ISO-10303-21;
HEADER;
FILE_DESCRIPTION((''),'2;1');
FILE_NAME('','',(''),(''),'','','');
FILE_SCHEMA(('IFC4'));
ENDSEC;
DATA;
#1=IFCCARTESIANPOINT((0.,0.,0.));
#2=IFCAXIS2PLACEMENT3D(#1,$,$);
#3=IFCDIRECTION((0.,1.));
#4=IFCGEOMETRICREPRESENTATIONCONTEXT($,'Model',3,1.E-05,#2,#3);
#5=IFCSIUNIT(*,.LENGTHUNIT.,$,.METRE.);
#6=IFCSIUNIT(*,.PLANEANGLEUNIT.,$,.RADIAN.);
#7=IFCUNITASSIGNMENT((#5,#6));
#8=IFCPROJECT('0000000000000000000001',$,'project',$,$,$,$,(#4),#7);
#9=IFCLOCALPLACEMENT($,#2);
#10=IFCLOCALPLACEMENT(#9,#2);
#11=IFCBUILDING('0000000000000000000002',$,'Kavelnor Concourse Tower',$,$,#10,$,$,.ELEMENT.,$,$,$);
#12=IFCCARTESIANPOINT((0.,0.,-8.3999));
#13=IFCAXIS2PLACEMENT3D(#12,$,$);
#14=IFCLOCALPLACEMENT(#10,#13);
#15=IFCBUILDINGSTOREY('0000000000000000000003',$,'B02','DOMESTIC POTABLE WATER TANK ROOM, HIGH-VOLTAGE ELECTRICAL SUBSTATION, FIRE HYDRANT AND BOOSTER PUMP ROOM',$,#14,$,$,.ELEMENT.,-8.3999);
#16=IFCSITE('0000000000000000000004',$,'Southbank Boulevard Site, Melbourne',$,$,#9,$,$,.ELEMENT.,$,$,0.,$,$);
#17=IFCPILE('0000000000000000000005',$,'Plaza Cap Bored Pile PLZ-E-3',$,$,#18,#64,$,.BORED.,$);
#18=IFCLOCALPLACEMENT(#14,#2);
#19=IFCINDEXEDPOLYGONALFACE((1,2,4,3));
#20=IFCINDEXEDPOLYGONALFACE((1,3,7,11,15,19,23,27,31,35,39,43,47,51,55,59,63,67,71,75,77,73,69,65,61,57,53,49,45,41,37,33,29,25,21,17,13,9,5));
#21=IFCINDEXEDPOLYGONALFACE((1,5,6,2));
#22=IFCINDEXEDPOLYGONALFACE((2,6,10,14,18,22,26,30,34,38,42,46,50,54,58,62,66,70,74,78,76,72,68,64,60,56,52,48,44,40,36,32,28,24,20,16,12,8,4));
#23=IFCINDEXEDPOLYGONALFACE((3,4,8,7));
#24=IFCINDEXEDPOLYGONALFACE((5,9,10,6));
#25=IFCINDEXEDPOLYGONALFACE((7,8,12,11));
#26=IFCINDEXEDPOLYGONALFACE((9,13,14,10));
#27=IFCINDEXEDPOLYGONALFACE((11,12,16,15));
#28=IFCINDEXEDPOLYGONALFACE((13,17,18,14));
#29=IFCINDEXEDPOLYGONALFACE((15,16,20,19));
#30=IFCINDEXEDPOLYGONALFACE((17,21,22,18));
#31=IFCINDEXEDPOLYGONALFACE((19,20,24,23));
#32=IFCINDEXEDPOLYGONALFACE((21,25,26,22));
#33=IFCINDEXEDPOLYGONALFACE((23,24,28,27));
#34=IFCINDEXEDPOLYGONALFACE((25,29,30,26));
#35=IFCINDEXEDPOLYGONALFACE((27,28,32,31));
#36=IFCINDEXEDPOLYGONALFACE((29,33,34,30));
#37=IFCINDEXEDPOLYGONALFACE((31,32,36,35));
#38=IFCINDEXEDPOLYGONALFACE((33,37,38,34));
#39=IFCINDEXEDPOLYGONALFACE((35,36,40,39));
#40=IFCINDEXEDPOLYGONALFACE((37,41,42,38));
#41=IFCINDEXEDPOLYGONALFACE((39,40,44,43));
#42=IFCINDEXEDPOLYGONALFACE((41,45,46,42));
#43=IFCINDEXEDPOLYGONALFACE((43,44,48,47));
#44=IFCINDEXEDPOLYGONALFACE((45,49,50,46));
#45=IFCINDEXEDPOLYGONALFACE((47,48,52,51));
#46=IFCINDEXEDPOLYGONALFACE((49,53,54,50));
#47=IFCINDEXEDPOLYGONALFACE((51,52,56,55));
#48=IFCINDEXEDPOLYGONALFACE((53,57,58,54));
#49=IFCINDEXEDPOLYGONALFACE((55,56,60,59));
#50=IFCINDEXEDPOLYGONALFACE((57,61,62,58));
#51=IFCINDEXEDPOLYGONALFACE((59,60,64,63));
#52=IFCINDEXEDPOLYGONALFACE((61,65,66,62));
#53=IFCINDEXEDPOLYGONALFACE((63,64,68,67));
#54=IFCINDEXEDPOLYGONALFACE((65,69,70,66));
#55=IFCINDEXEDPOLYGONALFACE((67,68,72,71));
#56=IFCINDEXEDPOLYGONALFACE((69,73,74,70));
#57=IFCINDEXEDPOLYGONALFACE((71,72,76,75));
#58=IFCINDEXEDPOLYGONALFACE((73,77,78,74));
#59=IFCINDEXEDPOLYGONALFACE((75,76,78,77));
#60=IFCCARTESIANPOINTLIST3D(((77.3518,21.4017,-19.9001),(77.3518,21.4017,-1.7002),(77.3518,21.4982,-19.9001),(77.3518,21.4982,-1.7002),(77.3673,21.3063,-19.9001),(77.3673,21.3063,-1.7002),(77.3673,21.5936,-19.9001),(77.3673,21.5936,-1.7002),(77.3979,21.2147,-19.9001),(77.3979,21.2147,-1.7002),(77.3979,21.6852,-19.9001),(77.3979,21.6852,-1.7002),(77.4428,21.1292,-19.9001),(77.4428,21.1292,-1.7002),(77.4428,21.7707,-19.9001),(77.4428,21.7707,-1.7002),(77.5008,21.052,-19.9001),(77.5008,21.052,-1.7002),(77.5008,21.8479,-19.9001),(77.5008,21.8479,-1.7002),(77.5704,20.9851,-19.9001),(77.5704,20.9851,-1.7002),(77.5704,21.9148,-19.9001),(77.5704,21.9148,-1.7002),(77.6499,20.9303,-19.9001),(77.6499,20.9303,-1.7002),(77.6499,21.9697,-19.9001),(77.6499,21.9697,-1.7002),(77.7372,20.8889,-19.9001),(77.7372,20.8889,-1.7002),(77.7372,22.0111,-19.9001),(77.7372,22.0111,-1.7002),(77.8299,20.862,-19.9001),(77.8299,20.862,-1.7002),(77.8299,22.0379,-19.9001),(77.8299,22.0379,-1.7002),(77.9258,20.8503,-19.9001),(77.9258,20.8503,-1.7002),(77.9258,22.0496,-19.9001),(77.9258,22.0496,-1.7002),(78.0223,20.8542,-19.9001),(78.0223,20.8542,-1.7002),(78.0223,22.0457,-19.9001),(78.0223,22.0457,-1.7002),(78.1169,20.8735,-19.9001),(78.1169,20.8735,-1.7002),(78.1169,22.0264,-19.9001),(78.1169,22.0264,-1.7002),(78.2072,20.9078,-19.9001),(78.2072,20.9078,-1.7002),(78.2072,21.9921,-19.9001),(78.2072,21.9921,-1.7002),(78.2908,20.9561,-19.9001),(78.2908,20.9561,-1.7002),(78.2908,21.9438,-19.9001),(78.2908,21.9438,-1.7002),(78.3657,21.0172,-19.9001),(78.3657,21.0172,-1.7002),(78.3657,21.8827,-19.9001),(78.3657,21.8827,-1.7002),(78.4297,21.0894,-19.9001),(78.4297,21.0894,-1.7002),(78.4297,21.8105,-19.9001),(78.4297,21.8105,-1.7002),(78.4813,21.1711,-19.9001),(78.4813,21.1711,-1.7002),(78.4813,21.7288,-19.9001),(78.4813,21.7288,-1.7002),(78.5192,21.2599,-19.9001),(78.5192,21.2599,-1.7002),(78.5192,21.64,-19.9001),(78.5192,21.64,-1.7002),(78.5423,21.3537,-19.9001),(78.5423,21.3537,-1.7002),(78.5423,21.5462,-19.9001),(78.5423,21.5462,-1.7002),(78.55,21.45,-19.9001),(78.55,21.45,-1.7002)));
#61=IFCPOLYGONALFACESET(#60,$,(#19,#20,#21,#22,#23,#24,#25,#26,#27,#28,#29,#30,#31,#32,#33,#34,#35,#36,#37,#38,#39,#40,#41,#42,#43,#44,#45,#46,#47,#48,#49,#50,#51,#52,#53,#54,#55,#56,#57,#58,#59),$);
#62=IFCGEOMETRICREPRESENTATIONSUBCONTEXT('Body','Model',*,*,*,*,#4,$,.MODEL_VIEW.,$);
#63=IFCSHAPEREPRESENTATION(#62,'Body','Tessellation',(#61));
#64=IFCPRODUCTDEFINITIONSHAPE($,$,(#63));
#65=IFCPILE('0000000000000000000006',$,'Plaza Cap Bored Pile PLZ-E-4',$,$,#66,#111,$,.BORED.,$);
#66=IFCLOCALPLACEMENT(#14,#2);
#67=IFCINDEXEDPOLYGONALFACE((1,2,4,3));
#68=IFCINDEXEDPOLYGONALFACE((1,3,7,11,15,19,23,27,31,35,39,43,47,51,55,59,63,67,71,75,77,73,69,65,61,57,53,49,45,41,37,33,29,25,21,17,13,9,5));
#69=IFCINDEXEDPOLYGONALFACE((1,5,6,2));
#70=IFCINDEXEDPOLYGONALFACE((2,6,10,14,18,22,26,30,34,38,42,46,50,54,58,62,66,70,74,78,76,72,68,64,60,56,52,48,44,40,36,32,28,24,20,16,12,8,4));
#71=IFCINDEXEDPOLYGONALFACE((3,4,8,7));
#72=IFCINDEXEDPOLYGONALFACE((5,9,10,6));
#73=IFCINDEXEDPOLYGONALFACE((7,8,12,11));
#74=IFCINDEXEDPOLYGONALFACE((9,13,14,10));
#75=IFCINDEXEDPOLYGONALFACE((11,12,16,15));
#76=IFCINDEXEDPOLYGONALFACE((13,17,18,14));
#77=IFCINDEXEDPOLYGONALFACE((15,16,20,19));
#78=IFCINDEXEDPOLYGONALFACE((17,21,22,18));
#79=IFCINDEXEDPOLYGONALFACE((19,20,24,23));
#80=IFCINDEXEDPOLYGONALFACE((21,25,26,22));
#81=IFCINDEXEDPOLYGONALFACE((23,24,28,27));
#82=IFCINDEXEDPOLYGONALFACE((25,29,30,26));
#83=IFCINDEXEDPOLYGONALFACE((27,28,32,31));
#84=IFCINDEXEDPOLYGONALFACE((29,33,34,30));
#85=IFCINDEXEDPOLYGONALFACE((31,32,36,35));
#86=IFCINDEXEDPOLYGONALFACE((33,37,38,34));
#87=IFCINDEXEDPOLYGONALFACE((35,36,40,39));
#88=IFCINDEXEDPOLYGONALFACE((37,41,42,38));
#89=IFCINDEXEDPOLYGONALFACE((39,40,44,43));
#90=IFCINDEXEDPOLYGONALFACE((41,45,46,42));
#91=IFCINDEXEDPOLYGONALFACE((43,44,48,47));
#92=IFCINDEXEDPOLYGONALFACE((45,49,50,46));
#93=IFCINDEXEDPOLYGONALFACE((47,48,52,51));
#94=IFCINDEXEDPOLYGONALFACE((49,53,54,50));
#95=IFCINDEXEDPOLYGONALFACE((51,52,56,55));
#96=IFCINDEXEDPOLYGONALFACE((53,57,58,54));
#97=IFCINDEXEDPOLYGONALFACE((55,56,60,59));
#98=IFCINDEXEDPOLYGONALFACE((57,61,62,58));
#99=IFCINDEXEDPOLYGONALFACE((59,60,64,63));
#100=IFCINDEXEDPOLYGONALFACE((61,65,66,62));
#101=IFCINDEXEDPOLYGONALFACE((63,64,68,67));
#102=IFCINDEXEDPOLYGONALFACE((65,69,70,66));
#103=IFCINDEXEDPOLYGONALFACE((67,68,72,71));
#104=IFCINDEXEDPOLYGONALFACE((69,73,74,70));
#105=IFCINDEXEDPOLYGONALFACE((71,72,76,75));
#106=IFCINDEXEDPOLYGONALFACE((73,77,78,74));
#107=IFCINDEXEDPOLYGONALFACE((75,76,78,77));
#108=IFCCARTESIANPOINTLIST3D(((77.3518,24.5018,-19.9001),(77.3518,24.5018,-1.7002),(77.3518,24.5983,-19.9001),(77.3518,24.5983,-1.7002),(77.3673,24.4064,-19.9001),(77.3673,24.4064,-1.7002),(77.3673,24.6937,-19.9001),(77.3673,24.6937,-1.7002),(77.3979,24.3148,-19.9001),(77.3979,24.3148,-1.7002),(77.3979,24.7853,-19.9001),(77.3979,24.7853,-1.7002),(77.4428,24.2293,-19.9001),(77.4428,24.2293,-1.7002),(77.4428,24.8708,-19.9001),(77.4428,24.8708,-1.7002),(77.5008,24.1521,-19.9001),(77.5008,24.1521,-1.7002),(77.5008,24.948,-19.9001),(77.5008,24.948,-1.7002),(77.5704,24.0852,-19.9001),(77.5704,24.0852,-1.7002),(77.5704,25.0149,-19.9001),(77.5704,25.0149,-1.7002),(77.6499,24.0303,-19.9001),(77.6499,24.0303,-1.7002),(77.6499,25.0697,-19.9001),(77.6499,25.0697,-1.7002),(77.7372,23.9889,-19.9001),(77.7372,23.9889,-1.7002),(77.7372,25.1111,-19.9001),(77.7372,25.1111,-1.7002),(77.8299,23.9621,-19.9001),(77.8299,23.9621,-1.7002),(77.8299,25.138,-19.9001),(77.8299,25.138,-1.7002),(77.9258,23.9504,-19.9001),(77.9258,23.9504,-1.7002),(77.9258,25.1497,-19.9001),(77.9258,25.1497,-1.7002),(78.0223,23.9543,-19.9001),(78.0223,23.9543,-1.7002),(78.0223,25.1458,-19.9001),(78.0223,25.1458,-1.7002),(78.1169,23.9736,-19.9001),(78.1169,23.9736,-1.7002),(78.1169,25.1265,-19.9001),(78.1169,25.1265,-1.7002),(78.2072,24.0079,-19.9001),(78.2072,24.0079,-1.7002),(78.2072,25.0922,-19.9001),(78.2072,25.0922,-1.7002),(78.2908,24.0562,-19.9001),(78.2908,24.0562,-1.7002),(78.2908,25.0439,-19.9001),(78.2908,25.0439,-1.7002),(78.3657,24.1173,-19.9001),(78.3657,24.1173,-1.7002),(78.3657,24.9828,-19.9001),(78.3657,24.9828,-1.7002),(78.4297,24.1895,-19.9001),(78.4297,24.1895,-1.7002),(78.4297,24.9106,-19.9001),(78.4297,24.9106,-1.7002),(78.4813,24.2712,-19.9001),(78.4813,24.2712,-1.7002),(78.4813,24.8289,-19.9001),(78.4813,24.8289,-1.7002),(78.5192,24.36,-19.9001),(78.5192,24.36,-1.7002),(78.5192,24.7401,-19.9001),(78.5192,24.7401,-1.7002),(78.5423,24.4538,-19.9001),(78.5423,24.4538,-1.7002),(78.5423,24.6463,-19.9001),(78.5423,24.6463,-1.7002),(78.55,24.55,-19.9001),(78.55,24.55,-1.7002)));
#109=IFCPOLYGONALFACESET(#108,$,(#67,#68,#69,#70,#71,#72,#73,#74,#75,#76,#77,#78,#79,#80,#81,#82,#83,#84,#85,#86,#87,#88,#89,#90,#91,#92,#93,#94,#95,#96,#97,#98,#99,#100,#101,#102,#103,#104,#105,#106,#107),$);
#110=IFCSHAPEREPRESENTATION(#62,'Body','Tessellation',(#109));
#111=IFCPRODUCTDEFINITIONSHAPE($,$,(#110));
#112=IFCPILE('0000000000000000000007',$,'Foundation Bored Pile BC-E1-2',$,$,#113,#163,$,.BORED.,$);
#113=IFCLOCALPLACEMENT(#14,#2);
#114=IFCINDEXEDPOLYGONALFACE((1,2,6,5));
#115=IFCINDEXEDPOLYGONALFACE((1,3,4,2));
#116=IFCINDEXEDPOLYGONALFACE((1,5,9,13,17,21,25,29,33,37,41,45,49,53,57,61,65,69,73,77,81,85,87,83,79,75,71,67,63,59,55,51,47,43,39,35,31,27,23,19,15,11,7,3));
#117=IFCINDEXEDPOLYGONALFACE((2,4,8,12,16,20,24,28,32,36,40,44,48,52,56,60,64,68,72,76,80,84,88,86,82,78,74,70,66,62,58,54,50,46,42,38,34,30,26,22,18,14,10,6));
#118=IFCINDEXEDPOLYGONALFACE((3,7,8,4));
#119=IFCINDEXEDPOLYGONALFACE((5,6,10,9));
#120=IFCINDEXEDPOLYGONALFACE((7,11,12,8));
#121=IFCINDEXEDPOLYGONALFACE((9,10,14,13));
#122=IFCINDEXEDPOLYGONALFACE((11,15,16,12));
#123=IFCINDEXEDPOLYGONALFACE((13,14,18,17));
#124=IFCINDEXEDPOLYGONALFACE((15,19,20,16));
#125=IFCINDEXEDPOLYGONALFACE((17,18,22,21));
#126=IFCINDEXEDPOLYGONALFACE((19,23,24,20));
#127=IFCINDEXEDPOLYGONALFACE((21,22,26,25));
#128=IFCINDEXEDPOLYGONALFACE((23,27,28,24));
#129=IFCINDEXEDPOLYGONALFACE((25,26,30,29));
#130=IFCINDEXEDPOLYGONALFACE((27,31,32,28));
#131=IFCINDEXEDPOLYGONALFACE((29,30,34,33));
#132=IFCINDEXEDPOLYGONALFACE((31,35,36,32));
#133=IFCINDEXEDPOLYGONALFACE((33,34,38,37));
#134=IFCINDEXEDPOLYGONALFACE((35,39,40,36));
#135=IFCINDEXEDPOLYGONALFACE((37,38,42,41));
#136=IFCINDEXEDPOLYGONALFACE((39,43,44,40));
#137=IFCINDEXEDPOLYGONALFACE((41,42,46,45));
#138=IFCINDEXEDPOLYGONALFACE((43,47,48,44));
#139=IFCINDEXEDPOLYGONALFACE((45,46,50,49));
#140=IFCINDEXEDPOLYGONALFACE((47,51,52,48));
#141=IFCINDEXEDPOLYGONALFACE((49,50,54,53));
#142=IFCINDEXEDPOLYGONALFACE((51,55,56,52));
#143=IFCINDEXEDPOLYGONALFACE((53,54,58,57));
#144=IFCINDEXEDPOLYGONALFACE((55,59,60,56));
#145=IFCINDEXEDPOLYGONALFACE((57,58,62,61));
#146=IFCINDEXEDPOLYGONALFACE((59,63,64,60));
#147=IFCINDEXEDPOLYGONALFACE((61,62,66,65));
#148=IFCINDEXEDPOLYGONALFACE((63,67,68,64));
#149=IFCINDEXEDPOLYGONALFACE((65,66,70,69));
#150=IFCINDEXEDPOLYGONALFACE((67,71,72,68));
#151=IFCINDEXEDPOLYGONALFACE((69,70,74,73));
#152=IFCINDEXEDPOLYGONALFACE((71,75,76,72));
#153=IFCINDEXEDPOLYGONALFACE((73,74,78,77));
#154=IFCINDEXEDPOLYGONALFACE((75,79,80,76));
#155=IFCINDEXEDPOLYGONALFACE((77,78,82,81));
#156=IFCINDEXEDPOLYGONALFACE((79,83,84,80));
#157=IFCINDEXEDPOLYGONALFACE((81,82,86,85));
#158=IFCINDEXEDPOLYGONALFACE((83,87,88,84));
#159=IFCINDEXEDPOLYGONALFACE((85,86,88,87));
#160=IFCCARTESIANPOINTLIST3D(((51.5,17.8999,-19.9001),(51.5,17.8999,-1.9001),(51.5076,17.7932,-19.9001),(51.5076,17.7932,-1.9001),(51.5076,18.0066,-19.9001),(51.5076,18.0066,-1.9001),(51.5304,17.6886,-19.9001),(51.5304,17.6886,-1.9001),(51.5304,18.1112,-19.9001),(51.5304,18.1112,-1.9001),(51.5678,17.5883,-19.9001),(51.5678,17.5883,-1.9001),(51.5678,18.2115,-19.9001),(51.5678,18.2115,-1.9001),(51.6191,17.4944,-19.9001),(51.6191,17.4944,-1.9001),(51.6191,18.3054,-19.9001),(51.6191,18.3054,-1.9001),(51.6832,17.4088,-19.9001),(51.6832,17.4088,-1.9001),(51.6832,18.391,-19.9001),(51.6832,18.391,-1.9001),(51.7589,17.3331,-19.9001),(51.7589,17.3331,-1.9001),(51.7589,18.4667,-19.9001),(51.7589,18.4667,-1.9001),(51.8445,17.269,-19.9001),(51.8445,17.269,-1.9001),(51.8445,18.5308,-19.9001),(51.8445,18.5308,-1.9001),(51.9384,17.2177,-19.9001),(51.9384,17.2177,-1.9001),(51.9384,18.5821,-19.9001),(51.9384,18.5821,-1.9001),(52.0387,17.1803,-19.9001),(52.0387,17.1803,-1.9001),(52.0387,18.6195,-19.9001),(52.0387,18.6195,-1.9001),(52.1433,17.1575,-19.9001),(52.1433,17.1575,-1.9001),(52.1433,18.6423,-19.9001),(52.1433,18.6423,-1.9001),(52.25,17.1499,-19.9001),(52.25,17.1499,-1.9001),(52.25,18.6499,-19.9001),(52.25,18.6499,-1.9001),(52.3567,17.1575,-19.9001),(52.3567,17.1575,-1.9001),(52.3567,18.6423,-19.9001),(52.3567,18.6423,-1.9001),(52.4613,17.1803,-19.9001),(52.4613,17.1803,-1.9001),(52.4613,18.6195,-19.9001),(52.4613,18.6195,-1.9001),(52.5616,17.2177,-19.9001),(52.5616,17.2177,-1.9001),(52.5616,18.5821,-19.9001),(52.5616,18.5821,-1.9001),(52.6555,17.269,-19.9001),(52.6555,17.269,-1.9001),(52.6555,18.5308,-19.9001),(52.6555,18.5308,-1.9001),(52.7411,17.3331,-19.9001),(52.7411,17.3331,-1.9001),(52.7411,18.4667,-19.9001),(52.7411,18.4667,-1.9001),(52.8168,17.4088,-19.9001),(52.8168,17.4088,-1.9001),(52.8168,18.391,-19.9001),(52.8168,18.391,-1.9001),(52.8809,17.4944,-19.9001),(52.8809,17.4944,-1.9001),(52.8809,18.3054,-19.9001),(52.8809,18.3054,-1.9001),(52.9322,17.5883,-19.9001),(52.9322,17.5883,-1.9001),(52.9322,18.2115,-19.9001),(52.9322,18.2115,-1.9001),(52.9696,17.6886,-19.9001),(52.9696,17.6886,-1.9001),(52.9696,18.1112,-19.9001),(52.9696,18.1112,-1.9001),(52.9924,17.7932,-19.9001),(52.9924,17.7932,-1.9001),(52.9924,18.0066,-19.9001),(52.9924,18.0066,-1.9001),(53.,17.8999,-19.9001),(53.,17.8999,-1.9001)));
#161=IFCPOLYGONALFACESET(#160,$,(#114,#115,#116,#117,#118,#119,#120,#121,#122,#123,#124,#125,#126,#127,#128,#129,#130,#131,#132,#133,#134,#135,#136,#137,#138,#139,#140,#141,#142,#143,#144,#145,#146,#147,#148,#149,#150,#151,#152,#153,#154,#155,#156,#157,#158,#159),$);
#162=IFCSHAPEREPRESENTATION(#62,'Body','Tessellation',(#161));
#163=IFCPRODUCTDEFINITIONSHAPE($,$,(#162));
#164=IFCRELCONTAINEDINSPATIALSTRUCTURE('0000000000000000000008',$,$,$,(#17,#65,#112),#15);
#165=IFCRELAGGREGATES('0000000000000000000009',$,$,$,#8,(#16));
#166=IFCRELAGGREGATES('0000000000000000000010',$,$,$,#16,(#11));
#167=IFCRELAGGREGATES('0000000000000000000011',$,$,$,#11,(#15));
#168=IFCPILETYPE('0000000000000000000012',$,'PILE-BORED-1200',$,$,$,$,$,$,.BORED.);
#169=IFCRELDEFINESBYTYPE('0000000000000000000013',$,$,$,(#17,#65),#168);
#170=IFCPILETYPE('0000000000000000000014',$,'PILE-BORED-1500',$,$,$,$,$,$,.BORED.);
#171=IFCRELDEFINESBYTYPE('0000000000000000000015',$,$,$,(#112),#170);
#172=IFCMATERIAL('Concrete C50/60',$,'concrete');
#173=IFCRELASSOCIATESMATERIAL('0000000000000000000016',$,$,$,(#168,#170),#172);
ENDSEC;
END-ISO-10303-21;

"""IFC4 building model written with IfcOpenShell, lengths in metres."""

from ifc_helpers import new_model, si_unit, direction, frame, origin, origin_2d, place, context, subcontext, project, spatial, circle, extrude, material, material_profile, profile_set, type_object, element, save


model = new_model("IFC4")

# Units and contexts
model_context = context("Model", 3, precision=1e-05, world=origin(), true_north=direction((0.0, 1.0)))
body_context = subcontext(model_context, "Body", "Model", "MODEL_VIEW")
ifc_project = project(units=[si_unit("LENGTHUNIT", "METRE"), si_unit("PLANEANGLEUNIT", "RADIAN")], contexts=[model_context])

# Site, building, storey
site_placement = place(None, origin())
site = spatial("IfcSite", under=ifc_project, at=site_placement, Name="Southbank Boulevard Site, Melbourne", CompositionType="ELEMENT", RefElevation=0.0)
building_placement = place(site_placement, origin())
building = spatial("IfcBuilding", under=site, at=building_placement, Name="Kavelnor Concourse Tower", CompositionType="ELEMENT")
storey_placement = place(building_placement, frame((0.0, 0.0, -8.3999)))
storey = spatial("IfcBuildingStorey", under=building, at=storey_placement, Name="B02", Description="DOMESTIC POTABLE WATER TANK ROOM, HIGH-VOLTAGE ELECTRICAL SUBSTATION, FIRE HYDRANT AND BOOSTER PUMP ROOM", CompositionType="ELEMENT", Elevation=-8.3999)

# Shared definitions
ifc_material_1 = material(Name="Concrete C50/60", Category="concrete")

# Piles
ifc_material_profile_1 = material_profile(ifc_material_1, circle(Radius=0.6001, at=origin_2d()), Name="PILE-D1200")
ifc_profile_set_1 = profile_set([ifc_material_profile_1], Name="Concrete C50/60")
pile_type_1 = type_object("IfcPileType", Name="PILE-BORED-1200", PredefinedType="BORED", material=ifc_profile_set_1)
for number, where, z_axis, x_axis, name in (
    (1, (77.95, 21.45, -1.7002), (0.0, 0.0, -1.0), (1.0, 0.0, 0.0), "Plaza Cap Bored Pile PLZ-E-3"),
    (2, (77.95, 24.55, -1.7002), (0.0, 0.0, -1.0), (1.0, 0.0, 0.0), "Plaza Cap Bored Pile PLZ-E-4"),
):
    element("IfcPile", number, at=place(storey_placement, frame(where, z_axis=z_axis, x_axis=x_axis)), inside=storey, type_object=pile_type_1, Name=name, PredefinedType="BORED", context=body_context, shape_type="SweptSolid", body=[
        extrude(circle(Radius=0.6001, at=origin_2d()), origin(), (0.0, 0.0, 1.0), 18.2),
    ])
ifc_material_profile_2 = material_profile(ifc_material_1, circle(Radius=0.75, at=origin_2d()), Name="PILE-D1500")
ifc_profile_set_2 = profile_set([ifc_material_profile_2], Name="Concrete C50/60")
pile_type_2 = type_object("IfcPileType", Name="PILE-BORED-1500", PredefinedType="BORED", material=ifc_profile_set_2)
for number, where, z_axis, x_axis, name in (
    (3, (52.25, 17.8999, -1.9001), (0.0, 0.0, -1.0), (1.0, 0.0, 0.0), "Foundation Bored Pile BC-E1-2"),
):
    element("IfcPile", number, at=place(storey_placement, frame(where, z_axis=z_axis, x_axis=x_axis)), inside=storey, type_object=pile_type_2, Name=name, PredefinedType="BORED", context=body_context, shape_type="SweptSolid", body=[
        extrude(circle(Radius=0.75, at=origin_2d()), origin(), (0.0, 0.0, 1.0), 18.0),
    ])

save(model, "model.ifc")
